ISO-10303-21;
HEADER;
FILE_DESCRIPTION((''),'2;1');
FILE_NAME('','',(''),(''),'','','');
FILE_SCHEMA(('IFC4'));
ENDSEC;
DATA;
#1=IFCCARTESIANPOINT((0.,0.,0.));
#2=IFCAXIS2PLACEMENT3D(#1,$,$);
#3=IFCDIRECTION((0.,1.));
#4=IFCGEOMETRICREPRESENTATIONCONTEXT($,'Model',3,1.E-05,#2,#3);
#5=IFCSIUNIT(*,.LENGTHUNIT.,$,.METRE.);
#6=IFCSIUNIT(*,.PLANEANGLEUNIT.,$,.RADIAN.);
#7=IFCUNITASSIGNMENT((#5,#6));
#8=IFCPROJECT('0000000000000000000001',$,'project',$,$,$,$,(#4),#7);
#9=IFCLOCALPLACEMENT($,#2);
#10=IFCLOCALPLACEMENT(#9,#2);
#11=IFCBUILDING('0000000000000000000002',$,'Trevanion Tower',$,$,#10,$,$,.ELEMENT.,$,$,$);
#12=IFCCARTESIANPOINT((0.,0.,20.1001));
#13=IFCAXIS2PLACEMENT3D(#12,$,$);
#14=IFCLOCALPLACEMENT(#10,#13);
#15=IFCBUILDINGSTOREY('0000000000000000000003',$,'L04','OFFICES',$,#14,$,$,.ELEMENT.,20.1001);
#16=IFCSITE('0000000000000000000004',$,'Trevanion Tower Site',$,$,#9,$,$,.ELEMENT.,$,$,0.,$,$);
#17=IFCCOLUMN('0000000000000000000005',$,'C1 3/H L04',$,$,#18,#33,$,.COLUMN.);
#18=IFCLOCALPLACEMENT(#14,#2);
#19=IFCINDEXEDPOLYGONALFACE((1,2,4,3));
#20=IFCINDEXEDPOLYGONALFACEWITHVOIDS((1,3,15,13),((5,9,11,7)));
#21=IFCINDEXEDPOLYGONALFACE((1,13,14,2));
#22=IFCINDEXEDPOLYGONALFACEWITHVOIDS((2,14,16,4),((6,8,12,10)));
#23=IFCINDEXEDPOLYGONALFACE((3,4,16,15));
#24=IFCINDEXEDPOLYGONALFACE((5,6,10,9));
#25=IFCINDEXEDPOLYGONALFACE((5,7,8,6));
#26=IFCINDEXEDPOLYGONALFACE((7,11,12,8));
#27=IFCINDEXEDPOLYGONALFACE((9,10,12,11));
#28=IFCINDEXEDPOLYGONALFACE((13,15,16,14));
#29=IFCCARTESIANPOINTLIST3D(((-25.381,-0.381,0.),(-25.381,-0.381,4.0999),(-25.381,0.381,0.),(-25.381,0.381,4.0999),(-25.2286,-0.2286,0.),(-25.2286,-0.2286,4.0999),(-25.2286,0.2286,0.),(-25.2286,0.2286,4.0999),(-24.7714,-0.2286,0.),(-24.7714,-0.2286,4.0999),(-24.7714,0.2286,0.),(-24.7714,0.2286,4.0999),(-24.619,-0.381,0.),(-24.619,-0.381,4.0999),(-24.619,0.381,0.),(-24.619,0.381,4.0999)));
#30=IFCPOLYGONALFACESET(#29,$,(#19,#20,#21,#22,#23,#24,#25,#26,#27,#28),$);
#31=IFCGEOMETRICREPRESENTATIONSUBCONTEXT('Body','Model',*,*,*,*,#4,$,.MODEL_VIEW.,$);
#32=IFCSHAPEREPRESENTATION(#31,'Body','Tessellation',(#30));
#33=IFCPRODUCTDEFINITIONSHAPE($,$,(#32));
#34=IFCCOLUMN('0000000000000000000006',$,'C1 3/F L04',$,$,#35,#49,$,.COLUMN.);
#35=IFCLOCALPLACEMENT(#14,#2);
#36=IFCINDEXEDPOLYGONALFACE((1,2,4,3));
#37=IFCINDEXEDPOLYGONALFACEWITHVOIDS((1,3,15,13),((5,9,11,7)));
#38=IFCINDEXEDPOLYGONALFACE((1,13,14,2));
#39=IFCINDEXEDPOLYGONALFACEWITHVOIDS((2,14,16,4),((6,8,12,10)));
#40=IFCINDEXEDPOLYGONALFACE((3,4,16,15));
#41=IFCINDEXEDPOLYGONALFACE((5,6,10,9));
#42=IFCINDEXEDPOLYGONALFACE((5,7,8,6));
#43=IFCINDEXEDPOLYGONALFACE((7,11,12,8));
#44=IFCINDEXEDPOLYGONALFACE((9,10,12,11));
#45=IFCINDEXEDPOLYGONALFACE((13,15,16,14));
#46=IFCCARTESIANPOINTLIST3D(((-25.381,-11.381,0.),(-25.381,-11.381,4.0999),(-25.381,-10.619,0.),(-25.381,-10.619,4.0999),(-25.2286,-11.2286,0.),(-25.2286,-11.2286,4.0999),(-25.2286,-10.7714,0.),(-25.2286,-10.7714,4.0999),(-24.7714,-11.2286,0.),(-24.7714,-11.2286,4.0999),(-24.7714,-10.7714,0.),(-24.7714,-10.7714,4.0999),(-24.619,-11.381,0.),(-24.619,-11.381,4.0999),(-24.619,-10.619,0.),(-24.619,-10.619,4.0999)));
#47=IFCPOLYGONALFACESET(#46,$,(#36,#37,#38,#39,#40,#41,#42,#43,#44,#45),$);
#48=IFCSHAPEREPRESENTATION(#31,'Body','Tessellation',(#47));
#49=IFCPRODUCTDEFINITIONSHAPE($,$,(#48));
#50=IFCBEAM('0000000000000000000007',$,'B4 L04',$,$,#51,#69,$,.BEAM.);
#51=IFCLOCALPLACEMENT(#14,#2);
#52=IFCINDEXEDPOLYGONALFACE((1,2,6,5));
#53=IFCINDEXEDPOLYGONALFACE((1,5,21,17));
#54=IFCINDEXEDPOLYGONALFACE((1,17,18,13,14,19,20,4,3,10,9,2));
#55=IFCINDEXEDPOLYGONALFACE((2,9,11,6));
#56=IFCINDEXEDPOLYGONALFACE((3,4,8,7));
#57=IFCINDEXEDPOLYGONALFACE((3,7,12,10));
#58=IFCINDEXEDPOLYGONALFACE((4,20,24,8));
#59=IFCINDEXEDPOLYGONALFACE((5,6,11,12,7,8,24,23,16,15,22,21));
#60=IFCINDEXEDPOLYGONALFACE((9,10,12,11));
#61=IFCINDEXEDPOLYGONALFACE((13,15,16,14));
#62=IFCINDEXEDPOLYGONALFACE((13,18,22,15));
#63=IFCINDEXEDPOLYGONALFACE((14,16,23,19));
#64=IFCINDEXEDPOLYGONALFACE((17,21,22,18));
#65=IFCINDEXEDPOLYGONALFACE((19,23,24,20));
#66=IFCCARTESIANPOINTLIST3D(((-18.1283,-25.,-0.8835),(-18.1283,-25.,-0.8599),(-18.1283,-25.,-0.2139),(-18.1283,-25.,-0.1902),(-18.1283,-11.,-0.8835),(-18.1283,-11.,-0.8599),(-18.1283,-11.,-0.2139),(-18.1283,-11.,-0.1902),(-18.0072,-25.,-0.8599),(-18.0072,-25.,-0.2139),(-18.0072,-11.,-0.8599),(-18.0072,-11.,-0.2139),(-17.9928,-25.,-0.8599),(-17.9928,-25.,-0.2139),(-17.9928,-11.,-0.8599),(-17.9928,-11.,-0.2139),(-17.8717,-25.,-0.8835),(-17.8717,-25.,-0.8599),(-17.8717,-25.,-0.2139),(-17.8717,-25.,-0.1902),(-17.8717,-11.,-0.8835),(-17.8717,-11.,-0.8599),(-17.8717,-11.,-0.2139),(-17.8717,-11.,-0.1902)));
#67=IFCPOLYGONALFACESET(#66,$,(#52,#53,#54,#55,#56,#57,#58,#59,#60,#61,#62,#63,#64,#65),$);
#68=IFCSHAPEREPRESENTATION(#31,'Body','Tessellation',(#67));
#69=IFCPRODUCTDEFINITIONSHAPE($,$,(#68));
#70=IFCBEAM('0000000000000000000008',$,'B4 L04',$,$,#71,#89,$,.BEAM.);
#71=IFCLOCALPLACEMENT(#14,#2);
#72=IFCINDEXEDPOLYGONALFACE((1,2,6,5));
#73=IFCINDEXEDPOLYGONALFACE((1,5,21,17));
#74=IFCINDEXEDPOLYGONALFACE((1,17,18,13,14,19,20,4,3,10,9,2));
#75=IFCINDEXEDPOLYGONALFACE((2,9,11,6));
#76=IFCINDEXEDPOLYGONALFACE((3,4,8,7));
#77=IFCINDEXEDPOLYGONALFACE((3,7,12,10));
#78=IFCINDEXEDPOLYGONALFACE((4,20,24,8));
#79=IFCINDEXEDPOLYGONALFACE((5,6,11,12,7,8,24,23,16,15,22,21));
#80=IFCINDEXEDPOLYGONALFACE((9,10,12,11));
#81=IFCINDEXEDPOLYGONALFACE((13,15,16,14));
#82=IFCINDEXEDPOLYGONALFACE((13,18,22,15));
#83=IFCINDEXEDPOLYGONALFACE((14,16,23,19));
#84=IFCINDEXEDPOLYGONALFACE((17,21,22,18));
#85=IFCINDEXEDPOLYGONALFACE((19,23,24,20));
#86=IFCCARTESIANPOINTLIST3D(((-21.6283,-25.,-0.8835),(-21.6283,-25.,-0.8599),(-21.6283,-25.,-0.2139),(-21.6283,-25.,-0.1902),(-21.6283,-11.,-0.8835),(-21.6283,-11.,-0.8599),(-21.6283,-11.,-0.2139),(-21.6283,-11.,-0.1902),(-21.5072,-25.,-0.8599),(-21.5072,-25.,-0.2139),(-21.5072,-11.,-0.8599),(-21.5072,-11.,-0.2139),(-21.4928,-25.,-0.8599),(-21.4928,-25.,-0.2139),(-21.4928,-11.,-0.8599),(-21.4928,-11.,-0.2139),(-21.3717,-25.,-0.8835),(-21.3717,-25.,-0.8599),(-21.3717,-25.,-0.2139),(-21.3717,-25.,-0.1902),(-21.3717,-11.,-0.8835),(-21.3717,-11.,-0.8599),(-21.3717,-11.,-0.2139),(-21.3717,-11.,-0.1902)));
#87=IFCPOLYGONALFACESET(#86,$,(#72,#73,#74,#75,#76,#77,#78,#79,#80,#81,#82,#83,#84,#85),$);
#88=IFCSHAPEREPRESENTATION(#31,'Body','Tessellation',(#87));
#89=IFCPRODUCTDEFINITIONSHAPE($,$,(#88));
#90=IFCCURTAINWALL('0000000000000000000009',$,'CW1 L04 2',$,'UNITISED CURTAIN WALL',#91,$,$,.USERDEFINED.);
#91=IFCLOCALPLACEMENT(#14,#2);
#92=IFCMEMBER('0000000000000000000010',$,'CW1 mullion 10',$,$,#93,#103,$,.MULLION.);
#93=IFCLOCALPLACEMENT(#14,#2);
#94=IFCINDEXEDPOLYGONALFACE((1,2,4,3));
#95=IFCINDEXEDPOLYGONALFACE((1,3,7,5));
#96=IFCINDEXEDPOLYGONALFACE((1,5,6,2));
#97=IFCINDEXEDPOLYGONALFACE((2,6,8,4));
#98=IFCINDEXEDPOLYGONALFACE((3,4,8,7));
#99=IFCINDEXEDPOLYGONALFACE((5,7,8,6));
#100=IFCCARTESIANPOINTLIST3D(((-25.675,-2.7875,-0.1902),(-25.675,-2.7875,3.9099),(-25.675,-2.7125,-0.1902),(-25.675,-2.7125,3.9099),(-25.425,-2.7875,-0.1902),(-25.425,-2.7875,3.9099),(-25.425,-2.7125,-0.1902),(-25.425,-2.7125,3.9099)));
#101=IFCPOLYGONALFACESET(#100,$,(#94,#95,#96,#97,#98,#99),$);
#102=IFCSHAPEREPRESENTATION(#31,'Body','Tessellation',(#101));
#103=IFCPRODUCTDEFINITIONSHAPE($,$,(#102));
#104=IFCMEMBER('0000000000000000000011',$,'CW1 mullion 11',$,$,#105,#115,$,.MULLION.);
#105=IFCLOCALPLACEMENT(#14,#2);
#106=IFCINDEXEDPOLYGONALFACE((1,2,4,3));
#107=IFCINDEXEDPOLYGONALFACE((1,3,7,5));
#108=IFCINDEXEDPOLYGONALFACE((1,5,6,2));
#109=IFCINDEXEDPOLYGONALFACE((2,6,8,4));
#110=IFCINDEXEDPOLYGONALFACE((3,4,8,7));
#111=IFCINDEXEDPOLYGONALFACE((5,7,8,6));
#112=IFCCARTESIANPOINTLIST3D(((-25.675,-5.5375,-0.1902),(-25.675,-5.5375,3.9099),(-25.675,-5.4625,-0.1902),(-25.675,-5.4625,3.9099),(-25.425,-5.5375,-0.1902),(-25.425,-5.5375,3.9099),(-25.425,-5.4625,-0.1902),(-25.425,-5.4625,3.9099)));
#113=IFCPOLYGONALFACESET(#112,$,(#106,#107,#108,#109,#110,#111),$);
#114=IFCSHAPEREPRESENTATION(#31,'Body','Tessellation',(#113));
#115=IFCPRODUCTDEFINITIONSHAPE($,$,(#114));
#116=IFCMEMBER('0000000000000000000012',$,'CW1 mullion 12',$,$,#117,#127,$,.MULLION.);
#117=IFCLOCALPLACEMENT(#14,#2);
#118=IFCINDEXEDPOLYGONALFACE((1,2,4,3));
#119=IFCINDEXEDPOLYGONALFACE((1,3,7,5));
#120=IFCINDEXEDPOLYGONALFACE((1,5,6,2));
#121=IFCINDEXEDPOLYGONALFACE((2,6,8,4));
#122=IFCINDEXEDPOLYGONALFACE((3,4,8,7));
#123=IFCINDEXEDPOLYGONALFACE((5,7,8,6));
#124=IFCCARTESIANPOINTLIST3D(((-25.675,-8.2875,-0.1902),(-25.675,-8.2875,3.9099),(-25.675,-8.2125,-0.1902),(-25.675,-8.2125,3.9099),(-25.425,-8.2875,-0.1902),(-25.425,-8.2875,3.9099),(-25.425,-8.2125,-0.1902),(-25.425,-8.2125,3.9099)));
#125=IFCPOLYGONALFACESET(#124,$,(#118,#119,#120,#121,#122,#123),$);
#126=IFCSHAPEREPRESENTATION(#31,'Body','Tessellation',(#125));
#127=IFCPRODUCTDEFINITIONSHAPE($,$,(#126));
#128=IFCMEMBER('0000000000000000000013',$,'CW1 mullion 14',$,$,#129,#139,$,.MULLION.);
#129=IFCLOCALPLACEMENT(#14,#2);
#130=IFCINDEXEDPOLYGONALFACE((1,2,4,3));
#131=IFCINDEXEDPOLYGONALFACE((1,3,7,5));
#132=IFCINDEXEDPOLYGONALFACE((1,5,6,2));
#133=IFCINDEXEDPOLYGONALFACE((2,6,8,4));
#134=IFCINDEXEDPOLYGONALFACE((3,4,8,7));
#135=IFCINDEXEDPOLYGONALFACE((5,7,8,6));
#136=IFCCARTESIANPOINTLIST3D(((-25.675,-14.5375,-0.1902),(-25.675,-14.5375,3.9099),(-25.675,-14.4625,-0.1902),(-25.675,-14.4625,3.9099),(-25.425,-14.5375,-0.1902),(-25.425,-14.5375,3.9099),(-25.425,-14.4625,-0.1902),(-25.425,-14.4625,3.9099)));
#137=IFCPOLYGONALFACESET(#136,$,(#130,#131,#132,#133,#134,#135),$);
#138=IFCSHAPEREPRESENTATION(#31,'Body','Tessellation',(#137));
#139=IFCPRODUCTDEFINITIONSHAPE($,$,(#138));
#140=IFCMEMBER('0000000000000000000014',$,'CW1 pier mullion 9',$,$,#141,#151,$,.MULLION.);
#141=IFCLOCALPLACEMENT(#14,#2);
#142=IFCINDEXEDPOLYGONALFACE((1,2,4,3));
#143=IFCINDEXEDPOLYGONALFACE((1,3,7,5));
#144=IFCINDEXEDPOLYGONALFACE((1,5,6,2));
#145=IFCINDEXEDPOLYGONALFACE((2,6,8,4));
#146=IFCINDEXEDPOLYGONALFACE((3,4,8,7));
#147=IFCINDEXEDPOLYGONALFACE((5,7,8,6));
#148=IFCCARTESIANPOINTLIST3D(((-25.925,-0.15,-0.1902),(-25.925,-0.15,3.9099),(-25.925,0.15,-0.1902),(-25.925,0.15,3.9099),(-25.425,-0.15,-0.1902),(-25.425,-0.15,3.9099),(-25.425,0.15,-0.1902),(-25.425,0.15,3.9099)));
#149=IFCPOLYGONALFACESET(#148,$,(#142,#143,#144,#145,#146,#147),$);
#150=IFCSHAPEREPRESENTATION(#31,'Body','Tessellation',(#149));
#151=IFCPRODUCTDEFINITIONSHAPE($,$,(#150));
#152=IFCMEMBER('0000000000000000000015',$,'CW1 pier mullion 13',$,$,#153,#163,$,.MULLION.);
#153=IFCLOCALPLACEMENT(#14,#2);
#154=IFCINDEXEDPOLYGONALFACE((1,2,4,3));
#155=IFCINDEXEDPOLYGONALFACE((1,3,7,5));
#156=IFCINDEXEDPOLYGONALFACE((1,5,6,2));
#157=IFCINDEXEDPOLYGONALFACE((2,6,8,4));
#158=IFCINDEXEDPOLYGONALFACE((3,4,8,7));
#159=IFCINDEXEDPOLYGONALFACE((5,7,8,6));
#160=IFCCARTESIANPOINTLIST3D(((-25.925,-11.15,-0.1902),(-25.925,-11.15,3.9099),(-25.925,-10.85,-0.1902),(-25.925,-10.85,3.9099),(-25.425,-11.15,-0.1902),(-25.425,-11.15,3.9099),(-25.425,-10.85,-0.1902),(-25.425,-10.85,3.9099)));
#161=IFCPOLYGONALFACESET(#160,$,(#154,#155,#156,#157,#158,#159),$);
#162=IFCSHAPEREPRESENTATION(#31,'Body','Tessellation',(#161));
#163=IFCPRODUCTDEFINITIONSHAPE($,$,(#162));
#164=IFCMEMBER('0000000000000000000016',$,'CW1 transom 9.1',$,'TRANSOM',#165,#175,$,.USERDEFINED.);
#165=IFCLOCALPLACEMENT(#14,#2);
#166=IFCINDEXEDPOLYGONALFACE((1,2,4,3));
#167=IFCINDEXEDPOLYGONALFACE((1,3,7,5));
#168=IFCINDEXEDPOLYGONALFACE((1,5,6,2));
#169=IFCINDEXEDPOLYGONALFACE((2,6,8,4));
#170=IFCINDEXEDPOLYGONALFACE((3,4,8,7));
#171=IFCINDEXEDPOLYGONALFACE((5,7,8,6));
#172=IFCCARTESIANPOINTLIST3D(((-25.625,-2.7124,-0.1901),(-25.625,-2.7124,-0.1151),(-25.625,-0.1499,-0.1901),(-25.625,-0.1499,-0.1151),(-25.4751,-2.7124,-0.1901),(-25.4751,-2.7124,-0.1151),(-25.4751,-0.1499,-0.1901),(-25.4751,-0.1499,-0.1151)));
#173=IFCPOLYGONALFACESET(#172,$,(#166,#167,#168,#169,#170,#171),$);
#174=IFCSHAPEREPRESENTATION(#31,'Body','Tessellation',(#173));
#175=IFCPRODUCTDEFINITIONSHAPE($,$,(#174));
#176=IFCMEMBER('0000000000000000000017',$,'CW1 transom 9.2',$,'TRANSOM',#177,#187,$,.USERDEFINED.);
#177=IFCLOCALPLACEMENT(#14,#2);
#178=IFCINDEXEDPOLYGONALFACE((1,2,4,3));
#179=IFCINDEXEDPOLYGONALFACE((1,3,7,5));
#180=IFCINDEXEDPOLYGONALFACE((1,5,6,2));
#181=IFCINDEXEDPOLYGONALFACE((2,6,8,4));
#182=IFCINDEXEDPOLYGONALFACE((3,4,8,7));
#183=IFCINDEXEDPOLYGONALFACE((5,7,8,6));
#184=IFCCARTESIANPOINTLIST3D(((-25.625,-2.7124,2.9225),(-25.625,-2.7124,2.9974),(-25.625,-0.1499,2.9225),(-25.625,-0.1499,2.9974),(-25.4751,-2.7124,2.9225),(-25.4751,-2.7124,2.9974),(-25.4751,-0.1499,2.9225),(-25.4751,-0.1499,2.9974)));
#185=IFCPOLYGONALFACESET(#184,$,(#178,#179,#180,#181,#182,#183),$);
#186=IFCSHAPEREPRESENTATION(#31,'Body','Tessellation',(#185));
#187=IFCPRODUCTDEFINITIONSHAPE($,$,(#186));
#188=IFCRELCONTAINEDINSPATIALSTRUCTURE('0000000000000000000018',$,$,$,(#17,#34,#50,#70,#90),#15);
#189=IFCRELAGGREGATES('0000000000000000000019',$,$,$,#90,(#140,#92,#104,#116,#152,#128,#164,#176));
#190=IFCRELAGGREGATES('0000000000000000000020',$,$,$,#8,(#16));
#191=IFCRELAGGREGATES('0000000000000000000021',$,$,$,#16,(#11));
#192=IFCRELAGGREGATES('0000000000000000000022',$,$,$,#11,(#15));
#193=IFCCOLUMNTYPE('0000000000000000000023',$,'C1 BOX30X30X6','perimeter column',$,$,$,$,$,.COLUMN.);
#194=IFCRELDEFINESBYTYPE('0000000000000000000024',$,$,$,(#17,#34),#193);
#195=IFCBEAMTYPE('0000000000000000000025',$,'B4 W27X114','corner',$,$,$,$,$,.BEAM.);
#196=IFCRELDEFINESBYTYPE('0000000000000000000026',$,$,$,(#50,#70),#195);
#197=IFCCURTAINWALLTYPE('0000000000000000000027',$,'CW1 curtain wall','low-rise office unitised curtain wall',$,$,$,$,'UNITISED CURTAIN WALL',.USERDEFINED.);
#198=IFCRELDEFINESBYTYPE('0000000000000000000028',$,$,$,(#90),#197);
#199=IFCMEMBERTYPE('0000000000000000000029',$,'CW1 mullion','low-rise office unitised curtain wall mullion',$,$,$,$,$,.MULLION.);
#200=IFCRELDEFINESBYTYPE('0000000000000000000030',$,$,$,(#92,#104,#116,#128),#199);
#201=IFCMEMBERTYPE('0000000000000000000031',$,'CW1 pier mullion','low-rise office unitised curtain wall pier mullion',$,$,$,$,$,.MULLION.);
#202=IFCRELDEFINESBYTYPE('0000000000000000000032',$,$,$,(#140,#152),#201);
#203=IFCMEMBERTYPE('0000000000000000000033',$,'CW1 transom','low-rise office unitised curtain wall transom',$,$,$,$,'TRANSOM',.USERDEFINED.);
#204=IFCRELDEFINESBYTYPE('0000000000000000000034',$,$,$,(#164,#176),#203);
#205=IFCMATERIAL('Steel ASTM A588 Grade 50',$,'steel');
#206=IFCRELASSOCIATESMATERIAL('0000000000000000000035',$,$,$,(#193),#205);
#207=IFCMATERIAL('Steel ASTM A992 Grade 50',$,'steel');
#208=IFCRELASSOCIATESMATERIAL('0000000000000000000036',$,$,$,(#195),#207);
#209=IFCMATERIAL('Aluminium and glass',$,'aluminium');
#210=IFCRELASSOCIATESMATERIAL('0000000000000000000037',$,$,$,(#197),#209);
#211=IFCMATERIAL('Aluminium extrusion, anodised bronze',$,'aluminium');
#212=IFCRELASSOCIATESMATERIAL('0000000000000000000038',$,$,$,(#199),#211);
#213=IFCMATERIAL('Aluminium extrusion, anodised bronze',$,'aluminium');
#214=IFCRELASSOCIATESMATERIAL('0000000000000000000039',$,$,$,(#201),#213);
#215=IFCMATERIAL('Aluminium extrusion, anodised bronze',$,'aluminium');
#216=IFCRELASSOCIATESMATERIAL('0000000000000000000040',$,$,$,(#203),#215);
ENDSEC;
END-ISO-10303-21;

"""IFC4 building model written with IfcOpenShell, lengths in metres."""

from ifc_helpers import new_model, si_unit, direction, frame, origin, origin_2d, place, context, subcontext, project, spatial, rectangle, hollow_rectangle, i_section, extrude, material, material_profile, profile_set, type_object, element, aggregate, save


model = new_model("IFC4")

# Units and contexts
model_context = context("Model", 3, precision=1e-05, world=origin(), true_north=direction((0.0, 1.0)))
body_context = subcontext(model_context, "Body", "Model", "MODEL_VIEW")
ifc_project = project(units=[si_unit("LENGTHUNIT", "METRE"), si_unit("PLANEANGLEUNIT", "RADIAN")], contexts=[model_context])

# Site, building, storey
site_placement = place(None, origin())
site = spatial("IfcSite", under=ifc_project, at=site_placement, Name="Trevanion Tower Site", CompositionType="ELEMENT", RefElevation=0.0)
building_placement = place(site_placement, origin())
building = spatial("IfcBuilding", under=site, at=building_placement, Name="Trevanion Tower", CompositionType="ELEMENT")
storey_placement = place(building_placement, frame((0.0, 0.0, 20.1001)))
storey = spatial("IfcBuildingStorey", under=building, at=storey_placement, Name="L04", Description="OFFICES", CompositionType="ELEMENT", Elevation=20.1001)

# Columns
ifc_material_1 = material(Name="Steel ASTM A588 Grade 50", Category="steel")
ifc_material_profile_1 = material_profile(ifc_material_1, hollow_rectangle(XDim=0.762, YDim=0.762, WallThickness=0.1523, at=origin_2d()), Name="BOX30X30X6")
ifc_profile_set_1 = profile_set([ifc_material_profile_1], Name="Steel ASTM A588 Grade 50")
column_type = type_object("IfcColumnType", Name="C1 BOX30X30X6", Description="perimeter column", PredefinedType="COLUMN", material=ifc_profile_set_1)
for number, where, z_axis, x_axis, name in (
    (1, (-25.0, 0.0, 0.0), (0.0, 0.0, 1.0), (0.0, 1.0, 0.0), "C1 3/H L04"),
    (2, (-25.0, -11.0, 0.0), (0.0, 0.0, 1.0), (0.0, 1.0, 0.0), "C1 3/F L04"),
):
    element("IfcColumn", number, at=place(storey_placement, frame(where, z_axis=z_axis, x_axis=x_axis)), inside=storey, type_object=column_type, Name=name, PredefinedType="COLUMN", context=body_context, shape_type="SweptSolid", body=[
        extrude(hollow_rectangle(XDim=0.762, YDim=0.762, WallThickness=0.1523, at=origin_2d()), origin(), (0.0, 0.0, 1.0), 4.0999),
    ])

# Beams
ifc_material_2 = material(Name="Steel ASTM A992 Grade 50", Category="steel")
ifc_material_profile_2 = material_profile(ifc_material_2, i_section(OverallWidth=0.2566, OverallDepth=0.6934, WebThickness=0.0144, FlangeThickness=0.0237, at=origin_2d()), Name="W27X114")
ifc_profile_set_2 = profile_set([ifc_material_profile_2], Name="Steel ASTM A992 Grade 50")
beam_type_1 = type_object("IfcBeamType", Name="B4 W27X114", Description="corner", PredefinedType="BEAM", material=ifc_profile_set_2)
for number, where, z_axis, x_axis, name in (
    (3, (-18.0, -11.0, -0.5369), (0.0, -1.0, 0.0), (1.0, 0.0, 0.0), "B4 L04"),
    (4, (-21.5, -11.0, -0.5369), (0.0, -1.0, 0.0), (1.0, 0.0, 0.0), "B4 L04"),
):
    element("IfcBeam", number, at=place(storey_placement, frame(where, z_axis=z_axis, x_axis=x_axis)), inside=storey, type_object=beam_type_1, Name=name, PredefinedType="BEAM", context=body_context, shape_type="SweptSolid", body=[
        extrude(i_section(OverallWidth=0.2566, OverallDepth=0.6934, WebThickness=0.0144, FlangeThickness=0.0237, at=origin_2d()), origin(), (0.0, 0.0, 1.0), 14.0),
    ])

# Curtain wall, members
ifc_material_3 = material(Name="Aluminium and glass", Category="aluminium")
curtain_wall_type = type_object("IfcCurtainWallType", Name="CW1 curtain wall", Description="low-rise office unitised curtain wall", ElementType="UNITISED CURTAIN WALL", PredefinedType="USERDEFINED", material=ifc_material_3)
curtain_wall_placement = place(storey_placement, origin())
curtain_wall = element("IfcCurtainWall", 5, at=curtain_wall_placement, inside=storey, type_object=curtain_wall_type, Name="CW1 L04 2", ObjectType="UNITISED CURTAIN WALL", PredefinedType="USERDEFINED")
ifc_material_4 = material(Name="Aluminium extrusion, anodised bronze", Category="aluminium")
ifc_material_profile_3 = material_profile(ifc_material_4, rectangle(XDim=0.075, YDim=0.25, at=origin_2d()), Name="CW1 mullion")
ifc_profile_set_3 = profile_set([ifc_material_profile_3], Name="Aluminium extrusion, anodised bronze")
member_type_1 = type_object("IfcMemberType", Name="CW1 mullion", Description="low-rise office unitised curtain wall mullion", PredefinedType="MULLION", material=ifc_profile_set_3)
member_1_placement = place(storey_placement, frame((-25.55, -2.75, -0.1902), z_axis=(0.0, 0.0, 1.0), x_axis=(0.0, -1.0, 0.0)))
member_1 = element("IfcMember", 6, at=member_1_placement, type_object=member_type_1, Name="CW1 mullion 10", PredefinedType="MULLION", context=body_context, shape_type="SweptSolid", body=[
    extrude(rectangle(XDim=0.075, YDim=0.25, at=origin_2d()), origin(), (0.0, 0.0, 1.0), 4.1001),
])
member_2_placement = place(storey_placement, frame((-25.55, -5.5, -0.1902), z_axis=(0.0, 0.0, 1.0), x_axis=(0.0, -1.0, 0.0)))
member_2 = element("IfcMember", 7, at=member_2_placement, type_object=member_type_1, Name="CW1 mullion 11", PredefinedType="MULLION", context=body_context, shape_type="SweptSolid", body=[
    extrude(rectangle(XDim=0.075, YDim=0.25, at=origin_2d()), origin(), (0.0, 0.0, 1.0), 4.1001),
])
member_3_placement = place(storey_placement, frame((-25.55, -8.25, -0.1902), z_axis=(0.0, 0.0, 1.0), x_axis=(0.0, -1.0, 0.0)))
member_3 = element("IfcMember", 8, at=member_3_placement, type_object=member_type_1, Name="CW1 mullion 12", PredefinedType="MULLION", context=body_context, shape_type="SweptSolid", body=[
    extrude(rectangle(XDim=0.075, YDim=0.25, at=origin_2d()), origin(), (0.0, 0.0, 1.0), 4.1001),
])
member_4_placement = place(storey_placement, frame((-25.55, -14.5, -0.1902), z_axis=(0.0, 0.0, 1.0), x_axis=(0.0, -1.0, 0.0)))
member_4 = element("IfcMember", 9, at=member_4_placement, type_object=member_type_1, Name="CW1 mullion 14", PredefinedType="MULLION", context=body_context, shape_type="SweptSolid", body=[
    extrude(rectangle(XDim=0.075, YDim=0.25, at=origin_2d()), origin(), (0.0, 0.0, 1.0), 4.1001),
])
ifc_material_5 = material(Name="Aluminium extrusion, anodised bronze", Category="aluminium")
ifc_material_profile_4 = material_profile(ifc_material_5, rectangle(XDim=0.3, YDim=0.5, at=origin_2d()), Name="CW1 pier mullion")
ifc_profile_set_4 = profile_set([ifc_material_profile_4], Name="Aluminium extrusion, anodised bronze")
member_type_2 = type_object("IfcMemberType", Name="CW1 pier mullion", Description="low-rise office unitised curtain wall pier mullion", PredefinedType="MULLION", material=ifc_profile_set_4)
member_5_placement = place(storey_placement, frame((-25.675, 0.0, -0.1902), z_axis=(0.0, 0.0, 1.0), x_axis=(0.0, -1.0, 0.0)))
member_5 = element("IfcMember", 10, at=member_5_placement, type_object=member_type_2, Name="CW1 pier mullion 9", PredefinedType="MULLION", context=body_context, shape_type="SweptSolid", body=[
    extrude(rectangle(XDim=0.3, YDim=0.5, at=origin_2d()), origin(), (0.0, 0.0, 1.0), 4.1001),
])
member_6_placement = place(storey_placement, frame((-25.675, -11.0, -0.1902), z_axis=(0.0, 0.0, 1.0), x_axis=(0.0, -1.0, 0.0)))
member_6 = element("IfcMember", 11, at=member_6_placement, type_object=member_type_2, Name="CW1 pier mullion 13", PredefinedType="MULLION", context=body_context, shape_type="SweptSolid", body=[
    extrude(rectangle(XDim=0.3, YDim=0.5, at=origin_2d()), origin(), (0.0, 0.0, 1.0), 4.1001),
])
ifc_material_6 = material(Name="Aluminium extrusion, anodised bronze", Category="aluminium")
ifc_material_profile_5 = material_profile(ifc_material_6, rectangle(XDim=0.1499, YDim=0.075, at=origin_2d()), Name="CW1 transom")
ifc_profile_set_5 = profile_set([ifc_material_profile_5], Name="Aluminium extrusion, anodised bronze")
member_type_3 = type_object("IfcMemberType", Name="CW1 transom", Description="low-rise office unitised curtain wall transom", ElementType="TRANSOM", PredefinedType="USERDEFINED", material=ifc_profile_set_5)
member_7_placement = place(storey_placement, frame((-25.55, -0.1499, -0.1526), z_axis=(0.0, -1.0, 0.0), x_axis=(1.0, 0.0, 0.0)))
member_7 = element("IfcMember", 12, at=member_7_placement, type_object=member_type_3, Name="CW1 transom 9.1", ObjectType="TRANSOM", PredefinedType="USERDEFINED", context=body_context, shape_type="SweptSolid", body=[
    extrude(rectangle(XDim=0.1499, YDim=0.075, at=origin_2d()), origin(), (0.0, 0.0, 1.0), 2.5625),
])
member_8_placement = place(storey_placement, frame((-25.55, -0.1499, 2.96), z_axis=(0.0, -1.0, 0.0), x_axis=(1.0, 0.0, 0.0)))
member_8 = element("IfcMember", 13, at=member_8_placement, type_object=member_type_3, Name="CW1 transom 9.2", ObjectType="TRANSOM", PredefinedType="USERDEFINED", context=body_context, shape_type="SweptSolid", body=[
    extrude(rectangle(XDim=0.1499, YDim=0.075, at=origin_2d()), origin(), (0.0, 0.0, 1.0), 2.5625),
])

aggregate(curtain_wall, [member_5, member_1, member_2, member_3, member_6, member_4, member_7, member_8])

save(model, "model.ifc")
